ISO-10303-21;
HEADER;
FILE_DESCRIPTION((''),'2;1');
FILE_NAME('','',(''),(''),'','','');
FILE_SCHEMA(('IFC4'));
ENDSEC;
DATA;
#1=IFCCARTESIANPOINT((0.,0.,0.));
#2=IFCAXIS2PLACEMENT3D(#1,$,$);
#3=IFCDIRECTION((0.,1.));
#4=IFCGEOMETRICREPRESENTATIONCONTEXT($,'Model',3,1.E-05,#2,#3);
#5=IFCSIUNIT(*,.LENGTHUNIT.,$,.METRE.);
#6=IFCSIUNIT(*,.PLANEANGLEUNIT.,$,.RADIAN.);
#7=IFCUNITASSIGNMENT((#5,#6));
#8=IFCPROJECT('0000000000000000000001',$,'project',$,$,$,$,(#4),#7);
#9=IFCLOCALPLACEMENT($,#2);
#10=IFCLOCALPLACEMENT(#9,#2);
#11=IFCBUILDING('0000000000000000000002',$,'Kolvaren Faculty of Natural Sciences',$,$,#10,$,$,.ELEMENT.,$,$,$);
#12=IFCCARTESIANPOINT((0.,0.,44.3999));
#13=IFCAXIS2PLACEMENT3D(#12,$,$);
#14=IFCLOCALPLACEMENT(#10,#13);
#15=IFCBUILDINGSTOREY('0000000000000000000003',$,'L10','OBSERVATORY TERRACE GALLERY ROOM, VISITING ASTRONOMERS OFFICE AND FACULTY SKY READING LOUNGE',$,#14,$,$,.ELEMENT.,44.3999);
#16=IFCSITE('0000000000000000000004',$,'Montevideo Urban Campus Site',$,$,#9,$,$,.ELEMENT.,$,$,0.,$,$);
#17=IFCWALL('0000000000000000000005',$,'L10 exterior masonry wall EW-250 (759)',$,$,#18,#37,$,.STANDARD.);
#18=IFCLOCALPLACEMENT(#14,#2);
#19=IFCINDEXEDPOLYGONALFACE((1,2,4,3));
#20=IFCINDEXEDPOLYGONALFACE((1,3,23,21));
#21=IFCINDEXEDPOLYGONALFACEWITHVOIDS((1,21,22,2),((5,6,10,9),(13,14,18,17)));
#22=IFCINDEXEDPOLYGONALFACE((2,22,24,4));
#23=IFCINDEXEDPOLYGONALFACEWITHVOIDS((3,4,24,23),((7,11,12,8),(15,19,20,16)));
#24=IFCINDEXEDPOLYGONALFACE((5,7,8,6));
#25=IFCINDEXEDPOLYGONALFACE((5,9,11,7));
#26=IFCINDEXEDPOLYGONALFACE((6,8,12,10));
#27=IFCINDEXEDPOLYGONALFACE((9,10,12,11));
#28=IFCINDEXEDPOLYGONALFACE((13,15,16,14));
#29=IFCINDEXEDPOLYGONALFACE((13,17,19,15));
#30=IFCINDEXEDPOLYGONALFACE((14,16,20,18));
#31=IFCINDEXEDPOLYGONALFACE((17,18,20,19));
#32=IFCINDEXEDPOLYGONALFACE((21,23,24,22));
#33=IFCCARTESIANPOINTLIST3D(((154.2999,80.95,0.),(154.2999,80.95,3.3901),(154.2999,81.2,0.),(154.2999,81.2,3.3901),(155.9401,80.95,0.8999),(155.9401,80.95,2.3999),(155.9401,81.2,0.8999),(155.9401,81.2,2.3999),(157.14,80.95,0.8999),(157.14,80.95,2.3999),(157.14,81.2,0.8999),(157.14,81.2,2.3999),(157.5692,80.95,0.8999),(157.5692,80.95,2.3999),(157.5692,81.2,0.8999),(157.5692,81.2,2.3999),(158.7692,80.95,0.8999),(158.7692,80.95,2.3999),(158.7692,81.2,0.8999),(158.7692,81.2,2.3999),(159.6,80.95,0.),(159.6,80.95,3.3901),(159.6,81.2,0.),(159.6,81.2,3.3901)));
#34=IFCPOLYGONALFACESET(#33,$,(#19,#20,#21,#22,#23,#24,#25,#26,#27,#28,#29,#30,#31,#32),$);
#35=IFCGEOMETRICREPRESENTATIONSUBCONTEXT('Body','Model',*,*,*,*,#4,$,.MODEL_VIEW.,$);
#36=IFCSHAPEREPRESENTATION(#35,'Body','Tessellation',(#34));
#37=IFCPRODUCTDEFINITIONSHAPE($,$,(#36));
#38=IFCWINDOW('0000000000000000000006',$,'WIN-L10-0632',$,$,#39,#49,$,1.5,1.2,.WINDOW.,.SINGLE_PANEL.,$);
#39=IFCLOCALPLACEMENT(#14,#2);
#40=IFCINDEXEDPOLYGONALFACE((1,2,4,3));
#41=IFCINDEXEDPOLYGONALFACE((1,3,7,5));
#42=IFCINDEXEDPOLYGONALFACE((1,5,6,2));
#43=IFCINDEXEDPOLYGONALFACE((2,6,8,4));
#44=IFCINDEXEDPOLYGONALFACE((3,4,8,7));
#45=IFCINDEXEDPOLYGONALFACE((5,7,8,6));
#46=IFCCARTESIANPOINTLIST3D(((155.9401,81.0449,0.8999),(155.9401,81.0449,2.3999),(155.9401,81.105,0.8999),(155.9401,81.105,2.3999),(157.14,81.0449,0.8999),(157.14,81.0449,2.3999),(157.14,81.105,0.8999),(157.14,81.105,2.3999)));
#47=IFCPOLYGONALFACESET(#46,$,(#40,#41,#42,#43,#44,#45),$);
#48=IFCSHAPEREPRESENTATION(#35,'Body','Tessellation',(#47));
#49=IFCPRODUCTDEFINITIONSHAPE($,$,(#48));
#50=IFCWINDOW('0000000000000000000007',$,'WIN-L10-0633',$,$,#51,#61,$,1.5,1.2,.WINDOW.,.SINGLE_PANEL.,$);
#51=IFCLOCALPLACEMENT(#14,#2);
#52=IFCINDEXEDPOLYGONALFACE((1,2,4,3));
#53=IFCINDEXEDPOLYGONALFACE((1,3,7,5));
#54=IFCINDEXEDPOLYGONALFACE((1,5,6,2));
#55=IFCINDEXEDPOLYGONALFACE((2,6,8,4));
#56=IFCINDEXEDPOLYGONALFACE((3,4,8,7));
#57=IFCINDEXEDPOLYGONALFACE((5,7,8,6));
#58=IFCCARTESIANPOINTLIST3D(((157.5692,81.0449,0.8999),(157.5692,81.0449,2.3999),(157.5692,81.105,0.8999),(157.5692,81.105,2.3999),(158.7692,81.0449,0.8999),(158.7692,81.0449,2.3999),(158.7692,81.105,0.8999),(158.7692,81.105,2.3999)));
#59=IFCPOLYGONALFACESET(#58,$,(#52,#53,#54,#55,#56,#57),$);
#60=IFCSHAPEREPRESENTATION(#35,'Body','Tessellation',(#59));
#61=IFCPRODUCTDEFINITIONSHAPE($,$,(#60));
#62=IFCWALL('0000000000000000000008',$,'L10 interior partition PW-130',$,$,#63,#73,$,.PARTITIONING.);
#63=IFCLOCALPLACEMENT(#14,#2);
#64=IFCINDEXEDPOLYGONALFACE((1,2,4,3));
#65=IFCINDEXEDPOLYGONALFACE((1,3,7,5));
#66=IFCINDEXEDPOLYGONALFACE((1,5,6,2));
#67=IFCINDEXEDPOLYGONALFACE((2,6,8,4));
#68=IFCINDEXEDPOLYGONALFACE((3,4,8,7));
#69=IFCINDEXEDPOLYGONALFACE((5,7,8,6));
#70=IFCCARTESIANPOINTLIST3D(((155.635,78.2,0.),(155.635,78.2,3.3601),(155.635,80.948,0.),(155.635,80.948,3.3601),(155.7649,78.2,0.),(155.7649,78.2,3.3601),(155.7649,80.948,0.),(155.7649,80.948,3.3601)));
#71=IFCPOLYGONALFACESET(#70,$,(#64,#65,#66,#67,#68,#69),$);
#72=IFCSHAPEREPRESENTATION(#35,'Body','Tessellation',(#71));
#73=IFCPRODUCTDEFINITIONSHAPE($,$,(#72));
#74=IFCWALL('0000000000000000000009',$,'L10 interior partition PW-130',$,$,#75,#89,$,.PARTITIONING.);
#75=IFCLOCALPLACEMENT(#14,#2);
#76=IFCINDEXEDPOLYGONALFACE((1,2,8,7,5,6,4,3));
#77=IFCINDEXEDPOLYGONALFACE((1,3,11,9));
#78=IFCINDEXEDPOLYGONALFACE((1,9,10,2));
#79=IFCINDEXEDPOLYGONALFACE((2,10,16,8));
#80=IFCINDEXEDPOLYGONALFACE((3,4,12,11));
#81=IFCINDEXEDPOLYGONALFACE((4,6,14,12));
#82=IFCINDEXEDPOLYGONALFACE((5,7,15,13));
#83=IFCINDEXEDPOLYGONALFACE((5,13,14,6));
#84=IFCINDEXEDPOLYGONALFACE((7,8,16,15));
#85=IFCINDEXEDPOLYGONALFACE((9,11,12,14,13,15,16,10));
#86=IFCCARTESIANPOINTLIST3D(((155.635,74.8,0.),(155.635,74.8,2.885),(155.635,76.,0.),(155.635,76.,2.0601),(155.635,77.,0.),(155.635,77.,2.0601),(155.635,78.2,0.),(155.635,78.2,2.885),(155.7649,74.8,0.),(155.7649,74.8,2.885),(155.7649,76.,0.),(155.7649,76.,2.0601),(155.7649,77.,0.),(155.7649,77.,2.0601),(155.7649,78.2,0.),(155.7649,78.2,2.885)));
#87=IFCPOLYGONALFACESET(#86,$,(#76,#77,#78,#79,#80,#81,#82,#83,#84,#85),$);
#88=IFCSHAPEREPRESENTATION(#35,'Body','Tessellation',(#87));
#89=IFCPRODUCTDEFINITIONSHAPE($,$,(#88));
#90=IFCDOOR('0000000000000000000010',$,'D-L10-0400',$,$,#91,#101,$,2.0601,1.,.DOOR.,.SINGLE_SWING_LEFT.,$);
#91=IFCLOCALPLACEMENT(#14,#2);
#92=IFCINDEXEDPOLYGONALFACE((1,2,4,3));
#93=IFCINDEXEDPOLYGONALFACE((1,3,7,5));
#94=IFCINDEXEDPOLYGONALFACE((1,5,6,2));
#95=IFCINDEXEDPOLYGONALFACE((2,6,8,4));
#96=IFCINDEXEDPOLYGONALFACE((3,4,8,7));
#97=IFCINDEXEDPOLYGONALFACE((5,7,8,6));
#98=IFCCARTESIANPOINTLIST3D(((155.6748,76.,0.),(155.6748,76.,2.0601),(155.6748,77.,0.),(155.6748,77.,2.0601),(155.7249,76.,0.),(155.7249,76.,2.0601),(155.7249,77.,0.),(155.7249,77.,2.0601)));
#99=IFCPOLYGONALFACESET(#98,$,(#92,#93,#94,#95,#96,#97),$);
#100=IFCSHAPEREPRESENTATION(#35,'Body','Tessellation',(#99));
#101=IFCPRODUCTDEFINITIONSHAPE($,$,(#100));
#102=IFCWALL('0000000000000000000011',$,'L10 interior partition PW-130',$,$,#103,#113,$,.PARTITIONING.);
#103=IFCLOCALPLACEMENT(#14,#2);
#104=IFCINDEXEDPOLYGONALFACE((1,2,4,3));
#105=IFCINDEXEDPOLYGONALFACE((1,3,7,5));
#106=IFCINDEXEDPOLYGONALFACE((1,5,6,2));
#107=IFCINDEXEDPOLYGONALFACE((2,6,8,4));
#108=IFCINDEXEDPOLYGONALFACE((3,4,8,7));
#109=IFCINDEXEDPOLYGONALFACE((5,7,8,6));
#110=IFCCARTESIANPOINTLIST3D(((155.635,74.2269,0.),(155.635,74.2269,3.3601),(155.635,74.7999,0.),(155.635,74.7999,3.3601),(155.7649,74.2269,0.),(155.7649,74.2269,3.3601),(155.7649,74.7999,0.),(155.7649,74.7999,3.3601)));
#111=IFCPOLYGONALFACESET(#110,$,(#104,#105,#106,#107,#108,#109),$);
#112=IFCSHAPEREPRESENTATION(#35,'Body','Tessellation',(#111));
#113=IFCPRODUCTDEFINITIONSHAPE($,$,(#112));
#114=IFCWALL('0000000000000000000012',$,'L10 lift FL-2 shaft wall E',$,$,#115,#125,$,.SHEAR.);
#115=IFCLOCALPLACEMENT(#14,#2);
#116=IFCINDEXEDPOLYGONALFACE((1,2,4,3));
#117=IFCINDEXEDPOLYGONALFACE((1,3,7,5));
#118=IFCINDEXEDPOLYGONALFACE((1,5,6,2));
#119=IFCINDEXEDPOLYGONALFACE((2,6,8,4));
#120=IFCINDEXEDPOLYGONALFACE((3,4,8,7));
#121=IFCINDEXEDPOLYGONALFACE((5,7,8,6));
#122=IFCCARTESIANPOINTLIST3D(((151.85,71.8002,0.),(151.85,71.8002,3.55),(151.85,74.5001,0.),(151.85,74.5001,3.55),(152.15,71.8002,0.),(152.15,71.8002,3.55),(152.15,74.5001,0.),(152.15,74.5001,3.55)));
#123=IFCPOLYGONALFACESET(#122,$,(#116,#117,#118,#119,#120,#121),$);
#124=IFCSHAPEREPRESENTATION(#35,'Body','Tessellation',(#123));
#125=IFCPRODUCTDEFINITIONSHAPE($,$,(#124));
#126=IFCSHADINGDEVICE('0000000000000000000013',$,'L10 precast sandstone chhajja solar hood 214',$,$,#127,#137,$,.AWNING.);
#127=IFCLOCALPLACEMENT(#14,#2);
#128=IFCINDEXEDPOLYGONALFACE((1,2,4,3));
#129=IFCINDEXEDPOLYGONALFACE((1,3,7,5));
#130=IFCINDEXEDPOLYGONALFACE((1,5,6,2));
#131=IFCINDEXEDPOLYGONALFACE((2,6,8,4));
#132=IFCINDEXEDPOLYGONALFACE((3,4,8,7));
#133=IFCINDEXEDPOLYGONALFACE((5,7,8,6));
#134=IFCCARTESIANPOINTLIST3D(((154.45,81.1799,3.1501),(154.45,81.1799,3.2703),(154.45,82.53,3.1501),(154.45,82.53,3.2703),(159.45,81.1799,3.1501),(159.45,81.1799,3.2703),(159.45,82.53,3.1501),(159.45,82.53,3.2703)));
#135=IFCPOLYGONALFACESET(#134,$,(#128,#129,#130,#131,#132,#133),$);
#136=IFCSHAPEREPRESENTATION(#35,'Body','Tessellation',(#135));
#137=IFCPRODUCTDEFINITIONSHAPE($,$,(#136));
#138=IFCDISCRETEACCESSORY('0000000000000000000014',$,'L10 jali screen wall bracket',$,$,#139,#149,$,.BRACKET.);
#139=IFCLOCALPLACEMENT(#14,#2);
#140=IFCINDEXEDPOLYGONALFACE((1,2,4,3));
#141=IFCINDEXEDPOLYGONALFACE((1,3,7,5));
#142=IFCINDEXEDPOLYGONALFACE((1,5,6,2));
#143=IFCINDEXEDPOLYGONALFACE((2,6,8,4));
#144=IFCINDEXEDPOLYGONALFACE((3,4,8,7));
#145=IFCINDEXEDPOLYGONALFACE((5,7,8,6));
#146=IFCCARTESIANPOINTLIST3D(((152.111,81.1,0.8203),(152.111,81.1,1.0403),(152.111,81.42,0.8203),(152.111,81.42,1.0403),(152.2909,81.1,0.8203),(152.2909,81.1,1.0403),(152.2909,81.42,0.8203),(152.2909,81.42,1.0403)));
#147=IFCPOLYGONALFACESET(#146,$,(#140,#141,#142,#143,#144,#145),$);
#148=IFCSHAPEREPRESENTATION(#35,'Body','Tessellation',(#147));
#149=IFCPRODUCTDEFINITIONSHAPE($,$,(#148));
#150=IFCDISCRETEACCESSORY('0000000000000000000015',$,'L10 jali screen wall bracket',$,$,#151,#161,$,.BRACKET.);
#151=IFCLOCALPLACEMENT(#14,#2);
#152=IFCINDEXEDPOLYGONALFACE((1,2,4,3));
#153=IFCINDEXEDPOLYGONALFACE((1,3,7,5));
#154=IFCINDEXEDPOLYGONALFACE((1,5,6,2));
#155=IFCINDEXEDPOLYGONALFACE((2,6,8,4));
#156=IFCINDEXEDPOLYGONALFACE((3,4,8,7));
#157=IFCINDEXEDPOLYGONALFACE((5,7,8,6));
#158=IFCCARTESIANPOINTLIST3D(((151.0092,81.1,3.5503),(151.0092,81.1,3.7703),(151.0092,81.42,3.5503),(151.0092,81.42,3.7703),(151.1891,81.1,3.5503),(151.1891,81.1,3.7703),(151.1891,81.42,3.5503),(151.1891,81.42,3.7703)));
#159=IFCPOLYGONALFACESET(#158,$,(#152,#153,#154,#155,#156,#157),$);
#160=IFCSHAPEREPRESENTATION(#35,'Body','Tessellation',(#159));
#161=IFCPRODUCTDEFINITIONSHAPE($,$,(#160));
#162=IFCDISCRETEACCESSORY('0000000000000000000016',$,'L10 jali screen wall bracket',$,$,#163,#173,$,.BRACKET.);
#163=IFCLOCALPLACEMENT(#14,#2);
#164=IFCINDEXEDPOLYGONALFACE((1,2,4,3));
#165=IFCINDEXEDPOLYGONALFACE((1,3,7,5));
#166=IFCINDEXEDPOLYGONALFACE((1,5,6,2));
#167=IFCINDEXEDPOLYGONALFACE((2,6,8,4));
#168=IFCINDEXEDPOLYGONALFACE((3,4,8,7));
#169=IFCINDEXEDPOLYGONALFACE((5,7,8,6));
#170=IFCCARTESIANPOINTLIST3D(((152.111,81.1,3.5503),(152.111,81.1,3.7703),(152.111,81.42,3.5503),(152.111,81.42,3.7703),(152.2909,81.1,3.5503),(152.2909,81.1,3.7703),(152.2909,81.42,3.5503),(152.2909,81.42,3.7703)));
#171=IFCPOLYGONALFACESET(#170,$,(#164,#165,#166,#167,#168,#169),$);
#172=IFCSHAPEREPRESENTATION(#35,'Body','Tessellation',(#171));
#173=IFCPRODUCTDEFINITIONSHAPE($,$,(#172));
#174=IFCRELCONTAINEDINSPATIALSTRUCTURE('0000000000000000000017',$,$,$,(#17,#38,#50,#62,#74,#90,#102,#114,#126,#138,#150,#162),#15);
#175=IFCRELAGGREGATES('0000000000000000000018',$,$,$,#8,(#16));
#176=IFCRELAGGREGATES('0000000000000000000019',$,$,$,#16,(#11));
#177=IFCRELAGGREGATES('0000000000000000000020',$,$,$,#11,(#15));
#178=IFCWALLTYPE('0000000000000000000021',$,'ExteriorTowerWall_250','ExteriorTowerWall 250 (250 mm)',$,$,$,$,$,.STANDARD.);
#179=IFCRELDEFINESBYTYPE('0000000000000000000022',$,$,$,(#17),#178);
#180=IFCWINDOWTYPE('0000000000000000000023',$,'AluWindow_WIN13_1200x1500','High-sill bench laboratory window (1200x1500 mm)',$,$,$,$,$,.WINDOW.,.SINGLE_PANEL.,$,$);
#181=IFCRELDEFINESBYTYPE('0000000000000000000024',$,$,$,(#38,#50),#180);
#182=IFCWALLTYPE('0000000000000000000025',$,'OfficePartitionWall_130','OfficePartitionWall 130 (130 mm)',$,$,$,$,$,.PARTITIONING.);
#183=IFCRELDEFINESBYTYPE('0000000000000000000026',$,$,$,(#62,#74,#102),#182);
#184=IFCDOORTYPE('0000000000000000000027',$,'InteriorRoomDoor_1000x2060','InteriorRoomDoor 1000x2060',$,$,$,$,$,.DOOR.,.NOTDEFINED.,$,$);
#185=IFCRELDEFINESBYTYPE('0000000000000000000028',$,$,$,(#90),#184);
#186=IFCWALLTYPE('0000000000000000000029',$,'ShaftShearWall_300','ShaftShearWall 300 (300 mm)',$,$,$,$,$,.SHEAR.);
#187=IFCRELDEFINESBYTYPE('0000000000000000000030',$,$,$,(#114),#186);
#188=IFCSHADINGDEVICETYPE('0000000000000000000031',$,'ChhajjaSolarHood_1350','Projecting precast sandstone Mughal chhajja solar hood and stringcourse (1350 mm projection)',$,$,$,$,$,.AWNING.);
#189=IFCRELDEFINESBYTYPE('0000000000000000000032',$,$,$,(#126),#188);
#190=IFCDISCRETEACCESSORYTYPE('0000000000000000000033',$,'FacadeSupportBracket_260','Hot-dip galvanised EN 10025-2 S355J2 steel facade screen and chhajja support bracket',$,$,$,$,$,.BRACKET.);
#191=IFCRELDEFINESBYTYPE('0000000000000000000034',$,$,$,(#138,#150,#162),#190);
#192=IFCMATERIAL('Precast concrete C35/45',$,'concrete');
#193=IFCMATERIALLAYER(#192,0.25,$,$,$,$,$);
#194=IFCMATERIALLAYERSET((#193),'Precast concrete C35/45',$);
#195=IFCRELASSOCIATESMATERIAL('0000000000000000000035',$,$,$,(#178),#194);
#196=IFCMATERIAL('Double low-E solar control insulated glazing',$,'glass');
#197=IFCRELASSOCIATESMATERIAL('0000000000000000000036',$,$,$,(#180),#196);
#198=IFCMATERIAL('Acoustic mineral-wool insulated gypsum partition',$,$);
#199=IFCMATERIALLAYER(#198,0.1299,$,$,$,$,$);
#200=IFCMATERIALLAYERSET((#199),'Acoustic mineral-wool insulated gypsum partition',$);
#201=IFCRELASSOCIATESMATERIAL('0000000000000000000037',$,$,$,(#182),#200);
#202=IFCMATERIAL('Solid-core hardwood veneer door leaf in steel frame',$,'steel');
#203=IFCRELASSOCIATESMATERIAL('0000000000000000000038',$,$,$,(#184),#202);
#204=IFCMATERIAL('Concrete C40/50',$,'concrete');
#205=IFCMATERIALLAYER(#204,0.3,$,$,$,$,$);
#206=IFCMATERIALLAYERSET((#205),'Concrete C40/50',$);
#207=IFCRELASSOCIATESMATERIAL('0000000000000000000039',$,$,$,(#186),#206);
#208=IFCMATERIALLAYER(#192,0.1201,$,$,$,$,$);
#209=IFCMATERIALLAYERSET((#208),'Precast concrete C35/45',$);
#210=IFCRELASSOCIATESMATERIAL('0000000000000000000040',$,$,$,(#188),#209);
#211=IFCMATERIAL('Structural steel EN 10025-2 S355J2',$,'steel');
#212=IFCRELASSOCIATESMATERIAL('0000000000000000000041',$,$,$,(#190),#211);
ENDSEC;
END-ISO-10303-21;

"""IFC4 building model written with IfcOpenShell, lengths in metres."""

from ifc_helpers import new_model, si_unit, direction, frame, frame_2d, origin, origin_2d, place, context, subcontext, project, spatial, rectangle, extrude, material, layer, layer_set, type_object, element, fill, save


model = new_model("IFC4")

# Units and contexts
model_context = context("Model", 3, precision=1e-05, world=origin(), true_north=direction((0.0, 1.0)))
body_context = subcontext(model_context, "Body", "Model", "MODEL_VIEW")
ifc_project = project(units=[si_unit("LENGTHUNIT", "METRE"), si_unit("PLANEANGLEUNIT", "RADIAN")], contexts=[model_context])

# Site, building, storey
site_placement = place(None, origin())
site = spatial("IfcSite", under=ifc_project, at=site_placement, Name="Montevideo Urban Campus Site", CompositionType="ELEMENT", RefElevation=0.0)
building_placement = place(site_placement, origin())
building = spatial("IfcBuilding", under=site, at=building_placement, Name="Kolvaren Faculty of Natural Sciences", CompositionType="ELEMENT")
storey_placement = place(building_placement, frame((0.0, 0.0, 44.3999)))
storey = spatial("IfcBuildingStorey", under=building, at=storey_placement, Name="L10", Description="OBSERVATORY TERRACE GALLERY ROOM, VISITING ASTRONOMERS OFFICE AND FACULTY SKY READING LOUNGE", CompositionType="ELEMENT", Elevation=44.3999)

# Shared definitions
ifc_material_1 = material(Name="Precast concrete C35/45", Category="concrete")

# Shared definitions
ifc_material_2 = material(Name="Concrete C40/50", Category="concrete")

# Wall, openings, windows
ifc_layer_1 = layer(ifc_material_1, 0.25)
ifc_layer_set_1 = layer_set([ifc_layer_1], Name="Precast concrete C35/45")
wall_type_1 = type_object("IfcWallType", Name="ExteriorTowerWall_250", Description="ExteriorTowerWall 250 (250 mm)", PredefinedType="STANDARD", material=ifc_layer_set_1)
wall_1_placement = place(storey_placement, frame((154.3, 81.075, 0.0), z_axis=(0.0, 0.0, 1.0), x_axis=(1.0, 0.0, 0.0)))
wall_1 = element("IfcWall", 1, at=wall_1_placement, inside=storey, type_object=wall_type_1, Name="L10 exterior masonry wall EW-250 (759)", PredefinedType="STANDARD", context=body_context, shape_type="SweptSolid", body=[
    extrude(rectangle(XDim=5.3, YDim=0.25, at=frame_2d((2.6499, 0.0))), origin(), (0.0, 0.0, 1.0), 3.3901),
])
opening_1_placement = place(wall_1_placement, frame((1.6399, 0.0, 0.8999)))
opening_1 = element("IfcOpeningElement", 2, at=opening_1_placement, cuts=wall_1, PredefinedType="OPENING", context=body_context, shape_type="SweptSolid", body=[
    extrude(rectangle(XDim=1.2, YDim=1.5, at=frame_2d((0.6001, 0.75))), frame((0.0, 0.135, 0.0), z_axis=(0.0, -1.0, 0.0), x_axis=(1.0, 0.0, 0.0)), (0.0, 0.0, 1.0), 0.27),
])
opening_2_placement = place(wall_1_placement, frame((3.269, 0.0, 0.8999)))
opening_2 = element("IfcOpeningElement", 3, at=opening_2_placement, cuts=wall_1, PredefinedType="OPENING", context=body_context, shape_type="SweptSolid", body=[
    extrude(rectangle(XDim=1.2, YDim=1.5, at=frame_2d((0.6001, 0.75))), frame((0.0, 0.135, 0.0), z_axis=(0.0, -1.0, 0.0), x_axis=(1.0, 0.0, 0.0)), (0.0, 0.0, 1.0), 0.27),
])
ifc_material_3 = material(Name="Double low-E solar control insulated glazing", Category="glass")
window_type = type_object("IfcWindowType", Name="AluWindow_WIN13_1200x1500", Description="High-sill bench laboratory window (1200x1500 mm)", PartitioningType="SINGLE_PANEL", PredefinedType="WINDOW", material=ifc_material_3)
window_1_placement = place(opening_1_placement, origin())
window_1 = element("IfcWindow", 4, at=window_1_placement, inside=storey, type_object=window_type, Name="WIN-L10-0632", OverallHeight=1.5, OverallWidth=1.2, PartitioningType="SINGLE_PANEL", PredefinedType="WINDOW", context=body_context, shape_type="SweptSolid", body=[
    extrude(rectangle(XDim=1.2, YDim=1.5, at=frame_2d((0.6001, 0.75))), frame((0.0, 0.03, 0.0), z_axis=(0.0, -1.0, 0.0), x_axis=(1.0, 0.0, 0.0)), (0.0, 0.0, 1.0), 0.0601),
])
fill(opening_1, window_1)
window_2_placement = place(opening_2_placement, origin())
window_2 = element("IfcWindow", 5, at=window_2_placement, inside=storey, type_object=window_type, Name="WIN-L10-0633", OverallHeight=1.5, OverallWidth=1.2, PartitioningType="SINGLE_PANEL", PredefinedType="WINDOW", context=body_context, shape_type="SweptSolid", body=[
    extrude(rectangle(XDim=1.2, YDim=1.5, at=frame_2d((0.6001, 0.75))), frame((0.0, 0.03, 0.0), z_axis=(0.0, -1.0, 0.0), x_axis=(1.0, 0.0, 0.0)), (0.0, 0.0, 1.0), 0.0601),
])
fill(opening_2, window_2)

# Wall
ifc_material_4 = material(Name="Acoustic mineral-wool insulated gypsum partition")
ifc_layer_2 = layer(ifc_material_4, 0.1299)
ifc_layer_set_2 = layer_set([ifc_layer_2], Name="Acoustic mineral-wool insulated gypsum partition")
wall_type_2 = type_object("IfcWallType", Name="OfficePartitionWall_130", Description="OfficePartitionWall 130 (130 mm)", PredefinedType="PARTITIONING", material=ifc_layer_set_2)
wall_2_placement = place(storey_placement, frame((155.7, 80.948, 0.0), z_axis=(0.0, 0.0, 1.0), x_axis=(0.0, -1.0, 0.0)))
element("IfcWall", 6, at=wall_2_placement, inside=storey, type_object=wall_type_2, Name="L10 interior partition PW-130", PredefinedType="PARTITIONING", context=body_context, shape_type="SweptSolid", body=[
    extrude(rectangle(XDim=2.748, YDim=0.1299, at=frame_2d((1.374, 0.0))), origin(), (0.0, 0.0, 1.0), 3.3601),
])

# Wall, opening, door
wall_3_placement = place(storey_placement, frame((155.7, 78.2, 0.0), z_axis=(0.0, 0.0, 1.0), x_axis=(0.0, -1.0, 0.0)))
wall_3 = element("IfcWall", 7, at=wall_3_placement, inside=storey, type_object=wall_type_2, Name="L10 interior partition PW-130", PredefinedType="PARTITIONING", context=body_context, shape_type="SweptSolid", body=[
    extrude(rectangle(XDim=3.3999, YDim=0.1299, at=frame_2d((1.7, 0.0))), origin(), (0.0, 0.0, 1.0), 2.885),
])
opening_3_placement = place(wall_3_placement, frame((1.2, 0.0, 0.0)))
opening_3 = element("IfcOpeningElement", 8, at=opening_3_placement, cuts=wall_3, PredefinedType="OPENING", context=body_context, shape_type="SweptSolid", body=[
    extrude(rectangle(XDim=1.0, YDim=2.0601, at=frame_2d((0.5, 1.03))), frame((0.0, 0.075, 0.0), z_axis=(0.0, -1.0, 0.0), x_axis=(1.0, 0.0, 0.0)), (0.0, 0.0, 1.0), 0.1499),
])
ifc_material_5 = material(Name="Solid-core hardwood veneer door leaf in steel frame", Category="steel")
door_type = type_object("IfcDoorType", Name="InteriorRoomDoor_1000x2060", Description="InteriorRoomDoor 1000x2060", OperationType="NOTDEFINED", PredefinedType="DOOR", material=ifc_material_5)
door_placement = place(opening_3_placement, origin())
door = element("IfcDoor", 9, at=door_placement, inside=storey, type_object=door_type, Name="D-L10-0400", OperationType="SINGLE_SWING_LEFT", OverallHeight=2.0601, OverallWidth=1.0, PredefinedType="DOOR", context=body_context, shape_type="SweptSolid", body=[
    extrude(rectangle(XDim=1.0, YDim=2.0601, at=frame_2d((0.5, 1.03))), frame((0.0, 0.0249, 0.0), z_axis=(0.0, -1.0, 0.0), x_axis=(1.0, 0.0, 0.0)), (0.0, 0.0, 1.0), 0.05),
])
fill(opening_3, door)

# Walls
wall_4_placement = place(storey_placement, frame((155.7, 74.8, 0.0), z_axis=(0.0, 0.0, 1.0), x_axis=(0.0, -1.0, 0.0)))
element("IfcWall", 10, at=wall_4_placement, inside=storey, type_object=wall_type_2, Name="L10 interior partition PW-130", PredefinedType="PARTITIONING", context=body_context, shape_type="SweptSolid", body=[
    extrude(rectangle(XDim=0.573, YDim=0.1299, at=frame_2d((0.2866, 0.0))), origin(), (0.0, 0.0, 1.0), 3.3601),
])
ifc_layer_3 = layer(ifc_material_2, 0.3)
ifc_layer_set_3 = layer_set([ifc_layer_3], Name="Concrete C40/50")
wall_type_3 = type_object("IfcWallType", Name="ShaftShearWall_300", Description="ShaftShearWall 300 (300 mm)", PredefinedType="SHEAR", material=ifc_layer_set_3)
wall_5_placement = place(storey_placement, frame((152.0, 71.8, 0.0), z_axis=(0.0, 0.0, 1.0), x_axis=(0.0, 1.0, 0.0)))
element("IfcWall", 11, at=wall_5_placement, inside=storey, type_object=wall_type_3, Name="L10 lift FL-2 shaft wall E", PredefinedType="SHEAR", context=body_context, shape_type="SweptSolid", body=[
    extrude(rectangle(XDim=2.7, YDim=0.3, at=frame_2d((1.3501, 0.0))), origin(), (0.0, 0.0, 1.0), 3.55),
])

# Shading device
ifc_layer_4 = layer(ifc_material_1, 0.1201)
ifc_layer_set_4 = layer_set([ifc_layer_4], Name="Precast concrete C35/45")
shading_device_type = type_object("IfcShadingDeviceType", Name="ChhajjaSolarHood_1350", Description="Projecting precast sandstone Mughal chhajja solar hood and stringcourse (1350 mm projection)", PredefinedType="AWNING", material=ifc_layer_set_4)
shading_device_placement = place(storey_placement, frame((156.95, 81.855, 3.1501), z_axis=(0.0, 0.0, 1.0), x_axis=(1.0, 0.0, 0.0)))
element("IfcShadingDevice", 12, at=shading_device_placement, inside=storey, type_object=shading_device_type, Name="L10 precast sandstone chhajja solar hood 214", PredefinedType="AWNING", context=body_context, shape_type="SweptSolid", body=[
    extrude(rectangle(XDim=5.0, YDim=1.3501, at=origin_2d()), origin(), (0.0, 0.0, 1.0), 0.1201),
])

# Discrete accessories
ifc_material_6 = material(Name="Structural steel EN 10025-2 S355J2", Category="steel")
discrete_accessory_type = type_object("IfcDiscreteAccessoryType", Name="FacadeSupportBracket_260", Description="Hot-dip galvanised EN 10025-2 S355J2 steel facade screen and chhajja support bracket", PredefinedType="BRACKET", material=ifc_material_6)
for number, where, z_axis, x_axis, name in (
    (13, (152.2009, 81.26, 0.8203), (0.0, 0.0, 1.0), (1.0, 0.0, 0.0), "L10 jali screen wall bracket"),
    (14, (151.0991, 81.26, 3.5503), (0.0, 0.0, 1.0), (1.0, 0.0, 0.0), "L10 jali screen wall bracket"),
    (15, (152.2009, 81.26, 3.5503), (0.0, 0.0, 1.0), (1.0, 0.0, 0.0), "L10 jali screen wall bracket"),
):
    element("IfcDiscreteAccessory", number, at=place(storey_placement, frame(where, z_axis=z_axis, x_axis=x_axis)), inside=storey, type_object=discrete_accessory_type, Name=name, PredefinedType="BRACKET", context=body_context, shape_type="SweptSolid", body=[
        extrude(rectangle(XDim=0.1799, YDim=0.3201, at=origin_2d()), origin(), (0.0, 0.0, 1.0), 0.22),
    ])

save(model, "model.ifc")
